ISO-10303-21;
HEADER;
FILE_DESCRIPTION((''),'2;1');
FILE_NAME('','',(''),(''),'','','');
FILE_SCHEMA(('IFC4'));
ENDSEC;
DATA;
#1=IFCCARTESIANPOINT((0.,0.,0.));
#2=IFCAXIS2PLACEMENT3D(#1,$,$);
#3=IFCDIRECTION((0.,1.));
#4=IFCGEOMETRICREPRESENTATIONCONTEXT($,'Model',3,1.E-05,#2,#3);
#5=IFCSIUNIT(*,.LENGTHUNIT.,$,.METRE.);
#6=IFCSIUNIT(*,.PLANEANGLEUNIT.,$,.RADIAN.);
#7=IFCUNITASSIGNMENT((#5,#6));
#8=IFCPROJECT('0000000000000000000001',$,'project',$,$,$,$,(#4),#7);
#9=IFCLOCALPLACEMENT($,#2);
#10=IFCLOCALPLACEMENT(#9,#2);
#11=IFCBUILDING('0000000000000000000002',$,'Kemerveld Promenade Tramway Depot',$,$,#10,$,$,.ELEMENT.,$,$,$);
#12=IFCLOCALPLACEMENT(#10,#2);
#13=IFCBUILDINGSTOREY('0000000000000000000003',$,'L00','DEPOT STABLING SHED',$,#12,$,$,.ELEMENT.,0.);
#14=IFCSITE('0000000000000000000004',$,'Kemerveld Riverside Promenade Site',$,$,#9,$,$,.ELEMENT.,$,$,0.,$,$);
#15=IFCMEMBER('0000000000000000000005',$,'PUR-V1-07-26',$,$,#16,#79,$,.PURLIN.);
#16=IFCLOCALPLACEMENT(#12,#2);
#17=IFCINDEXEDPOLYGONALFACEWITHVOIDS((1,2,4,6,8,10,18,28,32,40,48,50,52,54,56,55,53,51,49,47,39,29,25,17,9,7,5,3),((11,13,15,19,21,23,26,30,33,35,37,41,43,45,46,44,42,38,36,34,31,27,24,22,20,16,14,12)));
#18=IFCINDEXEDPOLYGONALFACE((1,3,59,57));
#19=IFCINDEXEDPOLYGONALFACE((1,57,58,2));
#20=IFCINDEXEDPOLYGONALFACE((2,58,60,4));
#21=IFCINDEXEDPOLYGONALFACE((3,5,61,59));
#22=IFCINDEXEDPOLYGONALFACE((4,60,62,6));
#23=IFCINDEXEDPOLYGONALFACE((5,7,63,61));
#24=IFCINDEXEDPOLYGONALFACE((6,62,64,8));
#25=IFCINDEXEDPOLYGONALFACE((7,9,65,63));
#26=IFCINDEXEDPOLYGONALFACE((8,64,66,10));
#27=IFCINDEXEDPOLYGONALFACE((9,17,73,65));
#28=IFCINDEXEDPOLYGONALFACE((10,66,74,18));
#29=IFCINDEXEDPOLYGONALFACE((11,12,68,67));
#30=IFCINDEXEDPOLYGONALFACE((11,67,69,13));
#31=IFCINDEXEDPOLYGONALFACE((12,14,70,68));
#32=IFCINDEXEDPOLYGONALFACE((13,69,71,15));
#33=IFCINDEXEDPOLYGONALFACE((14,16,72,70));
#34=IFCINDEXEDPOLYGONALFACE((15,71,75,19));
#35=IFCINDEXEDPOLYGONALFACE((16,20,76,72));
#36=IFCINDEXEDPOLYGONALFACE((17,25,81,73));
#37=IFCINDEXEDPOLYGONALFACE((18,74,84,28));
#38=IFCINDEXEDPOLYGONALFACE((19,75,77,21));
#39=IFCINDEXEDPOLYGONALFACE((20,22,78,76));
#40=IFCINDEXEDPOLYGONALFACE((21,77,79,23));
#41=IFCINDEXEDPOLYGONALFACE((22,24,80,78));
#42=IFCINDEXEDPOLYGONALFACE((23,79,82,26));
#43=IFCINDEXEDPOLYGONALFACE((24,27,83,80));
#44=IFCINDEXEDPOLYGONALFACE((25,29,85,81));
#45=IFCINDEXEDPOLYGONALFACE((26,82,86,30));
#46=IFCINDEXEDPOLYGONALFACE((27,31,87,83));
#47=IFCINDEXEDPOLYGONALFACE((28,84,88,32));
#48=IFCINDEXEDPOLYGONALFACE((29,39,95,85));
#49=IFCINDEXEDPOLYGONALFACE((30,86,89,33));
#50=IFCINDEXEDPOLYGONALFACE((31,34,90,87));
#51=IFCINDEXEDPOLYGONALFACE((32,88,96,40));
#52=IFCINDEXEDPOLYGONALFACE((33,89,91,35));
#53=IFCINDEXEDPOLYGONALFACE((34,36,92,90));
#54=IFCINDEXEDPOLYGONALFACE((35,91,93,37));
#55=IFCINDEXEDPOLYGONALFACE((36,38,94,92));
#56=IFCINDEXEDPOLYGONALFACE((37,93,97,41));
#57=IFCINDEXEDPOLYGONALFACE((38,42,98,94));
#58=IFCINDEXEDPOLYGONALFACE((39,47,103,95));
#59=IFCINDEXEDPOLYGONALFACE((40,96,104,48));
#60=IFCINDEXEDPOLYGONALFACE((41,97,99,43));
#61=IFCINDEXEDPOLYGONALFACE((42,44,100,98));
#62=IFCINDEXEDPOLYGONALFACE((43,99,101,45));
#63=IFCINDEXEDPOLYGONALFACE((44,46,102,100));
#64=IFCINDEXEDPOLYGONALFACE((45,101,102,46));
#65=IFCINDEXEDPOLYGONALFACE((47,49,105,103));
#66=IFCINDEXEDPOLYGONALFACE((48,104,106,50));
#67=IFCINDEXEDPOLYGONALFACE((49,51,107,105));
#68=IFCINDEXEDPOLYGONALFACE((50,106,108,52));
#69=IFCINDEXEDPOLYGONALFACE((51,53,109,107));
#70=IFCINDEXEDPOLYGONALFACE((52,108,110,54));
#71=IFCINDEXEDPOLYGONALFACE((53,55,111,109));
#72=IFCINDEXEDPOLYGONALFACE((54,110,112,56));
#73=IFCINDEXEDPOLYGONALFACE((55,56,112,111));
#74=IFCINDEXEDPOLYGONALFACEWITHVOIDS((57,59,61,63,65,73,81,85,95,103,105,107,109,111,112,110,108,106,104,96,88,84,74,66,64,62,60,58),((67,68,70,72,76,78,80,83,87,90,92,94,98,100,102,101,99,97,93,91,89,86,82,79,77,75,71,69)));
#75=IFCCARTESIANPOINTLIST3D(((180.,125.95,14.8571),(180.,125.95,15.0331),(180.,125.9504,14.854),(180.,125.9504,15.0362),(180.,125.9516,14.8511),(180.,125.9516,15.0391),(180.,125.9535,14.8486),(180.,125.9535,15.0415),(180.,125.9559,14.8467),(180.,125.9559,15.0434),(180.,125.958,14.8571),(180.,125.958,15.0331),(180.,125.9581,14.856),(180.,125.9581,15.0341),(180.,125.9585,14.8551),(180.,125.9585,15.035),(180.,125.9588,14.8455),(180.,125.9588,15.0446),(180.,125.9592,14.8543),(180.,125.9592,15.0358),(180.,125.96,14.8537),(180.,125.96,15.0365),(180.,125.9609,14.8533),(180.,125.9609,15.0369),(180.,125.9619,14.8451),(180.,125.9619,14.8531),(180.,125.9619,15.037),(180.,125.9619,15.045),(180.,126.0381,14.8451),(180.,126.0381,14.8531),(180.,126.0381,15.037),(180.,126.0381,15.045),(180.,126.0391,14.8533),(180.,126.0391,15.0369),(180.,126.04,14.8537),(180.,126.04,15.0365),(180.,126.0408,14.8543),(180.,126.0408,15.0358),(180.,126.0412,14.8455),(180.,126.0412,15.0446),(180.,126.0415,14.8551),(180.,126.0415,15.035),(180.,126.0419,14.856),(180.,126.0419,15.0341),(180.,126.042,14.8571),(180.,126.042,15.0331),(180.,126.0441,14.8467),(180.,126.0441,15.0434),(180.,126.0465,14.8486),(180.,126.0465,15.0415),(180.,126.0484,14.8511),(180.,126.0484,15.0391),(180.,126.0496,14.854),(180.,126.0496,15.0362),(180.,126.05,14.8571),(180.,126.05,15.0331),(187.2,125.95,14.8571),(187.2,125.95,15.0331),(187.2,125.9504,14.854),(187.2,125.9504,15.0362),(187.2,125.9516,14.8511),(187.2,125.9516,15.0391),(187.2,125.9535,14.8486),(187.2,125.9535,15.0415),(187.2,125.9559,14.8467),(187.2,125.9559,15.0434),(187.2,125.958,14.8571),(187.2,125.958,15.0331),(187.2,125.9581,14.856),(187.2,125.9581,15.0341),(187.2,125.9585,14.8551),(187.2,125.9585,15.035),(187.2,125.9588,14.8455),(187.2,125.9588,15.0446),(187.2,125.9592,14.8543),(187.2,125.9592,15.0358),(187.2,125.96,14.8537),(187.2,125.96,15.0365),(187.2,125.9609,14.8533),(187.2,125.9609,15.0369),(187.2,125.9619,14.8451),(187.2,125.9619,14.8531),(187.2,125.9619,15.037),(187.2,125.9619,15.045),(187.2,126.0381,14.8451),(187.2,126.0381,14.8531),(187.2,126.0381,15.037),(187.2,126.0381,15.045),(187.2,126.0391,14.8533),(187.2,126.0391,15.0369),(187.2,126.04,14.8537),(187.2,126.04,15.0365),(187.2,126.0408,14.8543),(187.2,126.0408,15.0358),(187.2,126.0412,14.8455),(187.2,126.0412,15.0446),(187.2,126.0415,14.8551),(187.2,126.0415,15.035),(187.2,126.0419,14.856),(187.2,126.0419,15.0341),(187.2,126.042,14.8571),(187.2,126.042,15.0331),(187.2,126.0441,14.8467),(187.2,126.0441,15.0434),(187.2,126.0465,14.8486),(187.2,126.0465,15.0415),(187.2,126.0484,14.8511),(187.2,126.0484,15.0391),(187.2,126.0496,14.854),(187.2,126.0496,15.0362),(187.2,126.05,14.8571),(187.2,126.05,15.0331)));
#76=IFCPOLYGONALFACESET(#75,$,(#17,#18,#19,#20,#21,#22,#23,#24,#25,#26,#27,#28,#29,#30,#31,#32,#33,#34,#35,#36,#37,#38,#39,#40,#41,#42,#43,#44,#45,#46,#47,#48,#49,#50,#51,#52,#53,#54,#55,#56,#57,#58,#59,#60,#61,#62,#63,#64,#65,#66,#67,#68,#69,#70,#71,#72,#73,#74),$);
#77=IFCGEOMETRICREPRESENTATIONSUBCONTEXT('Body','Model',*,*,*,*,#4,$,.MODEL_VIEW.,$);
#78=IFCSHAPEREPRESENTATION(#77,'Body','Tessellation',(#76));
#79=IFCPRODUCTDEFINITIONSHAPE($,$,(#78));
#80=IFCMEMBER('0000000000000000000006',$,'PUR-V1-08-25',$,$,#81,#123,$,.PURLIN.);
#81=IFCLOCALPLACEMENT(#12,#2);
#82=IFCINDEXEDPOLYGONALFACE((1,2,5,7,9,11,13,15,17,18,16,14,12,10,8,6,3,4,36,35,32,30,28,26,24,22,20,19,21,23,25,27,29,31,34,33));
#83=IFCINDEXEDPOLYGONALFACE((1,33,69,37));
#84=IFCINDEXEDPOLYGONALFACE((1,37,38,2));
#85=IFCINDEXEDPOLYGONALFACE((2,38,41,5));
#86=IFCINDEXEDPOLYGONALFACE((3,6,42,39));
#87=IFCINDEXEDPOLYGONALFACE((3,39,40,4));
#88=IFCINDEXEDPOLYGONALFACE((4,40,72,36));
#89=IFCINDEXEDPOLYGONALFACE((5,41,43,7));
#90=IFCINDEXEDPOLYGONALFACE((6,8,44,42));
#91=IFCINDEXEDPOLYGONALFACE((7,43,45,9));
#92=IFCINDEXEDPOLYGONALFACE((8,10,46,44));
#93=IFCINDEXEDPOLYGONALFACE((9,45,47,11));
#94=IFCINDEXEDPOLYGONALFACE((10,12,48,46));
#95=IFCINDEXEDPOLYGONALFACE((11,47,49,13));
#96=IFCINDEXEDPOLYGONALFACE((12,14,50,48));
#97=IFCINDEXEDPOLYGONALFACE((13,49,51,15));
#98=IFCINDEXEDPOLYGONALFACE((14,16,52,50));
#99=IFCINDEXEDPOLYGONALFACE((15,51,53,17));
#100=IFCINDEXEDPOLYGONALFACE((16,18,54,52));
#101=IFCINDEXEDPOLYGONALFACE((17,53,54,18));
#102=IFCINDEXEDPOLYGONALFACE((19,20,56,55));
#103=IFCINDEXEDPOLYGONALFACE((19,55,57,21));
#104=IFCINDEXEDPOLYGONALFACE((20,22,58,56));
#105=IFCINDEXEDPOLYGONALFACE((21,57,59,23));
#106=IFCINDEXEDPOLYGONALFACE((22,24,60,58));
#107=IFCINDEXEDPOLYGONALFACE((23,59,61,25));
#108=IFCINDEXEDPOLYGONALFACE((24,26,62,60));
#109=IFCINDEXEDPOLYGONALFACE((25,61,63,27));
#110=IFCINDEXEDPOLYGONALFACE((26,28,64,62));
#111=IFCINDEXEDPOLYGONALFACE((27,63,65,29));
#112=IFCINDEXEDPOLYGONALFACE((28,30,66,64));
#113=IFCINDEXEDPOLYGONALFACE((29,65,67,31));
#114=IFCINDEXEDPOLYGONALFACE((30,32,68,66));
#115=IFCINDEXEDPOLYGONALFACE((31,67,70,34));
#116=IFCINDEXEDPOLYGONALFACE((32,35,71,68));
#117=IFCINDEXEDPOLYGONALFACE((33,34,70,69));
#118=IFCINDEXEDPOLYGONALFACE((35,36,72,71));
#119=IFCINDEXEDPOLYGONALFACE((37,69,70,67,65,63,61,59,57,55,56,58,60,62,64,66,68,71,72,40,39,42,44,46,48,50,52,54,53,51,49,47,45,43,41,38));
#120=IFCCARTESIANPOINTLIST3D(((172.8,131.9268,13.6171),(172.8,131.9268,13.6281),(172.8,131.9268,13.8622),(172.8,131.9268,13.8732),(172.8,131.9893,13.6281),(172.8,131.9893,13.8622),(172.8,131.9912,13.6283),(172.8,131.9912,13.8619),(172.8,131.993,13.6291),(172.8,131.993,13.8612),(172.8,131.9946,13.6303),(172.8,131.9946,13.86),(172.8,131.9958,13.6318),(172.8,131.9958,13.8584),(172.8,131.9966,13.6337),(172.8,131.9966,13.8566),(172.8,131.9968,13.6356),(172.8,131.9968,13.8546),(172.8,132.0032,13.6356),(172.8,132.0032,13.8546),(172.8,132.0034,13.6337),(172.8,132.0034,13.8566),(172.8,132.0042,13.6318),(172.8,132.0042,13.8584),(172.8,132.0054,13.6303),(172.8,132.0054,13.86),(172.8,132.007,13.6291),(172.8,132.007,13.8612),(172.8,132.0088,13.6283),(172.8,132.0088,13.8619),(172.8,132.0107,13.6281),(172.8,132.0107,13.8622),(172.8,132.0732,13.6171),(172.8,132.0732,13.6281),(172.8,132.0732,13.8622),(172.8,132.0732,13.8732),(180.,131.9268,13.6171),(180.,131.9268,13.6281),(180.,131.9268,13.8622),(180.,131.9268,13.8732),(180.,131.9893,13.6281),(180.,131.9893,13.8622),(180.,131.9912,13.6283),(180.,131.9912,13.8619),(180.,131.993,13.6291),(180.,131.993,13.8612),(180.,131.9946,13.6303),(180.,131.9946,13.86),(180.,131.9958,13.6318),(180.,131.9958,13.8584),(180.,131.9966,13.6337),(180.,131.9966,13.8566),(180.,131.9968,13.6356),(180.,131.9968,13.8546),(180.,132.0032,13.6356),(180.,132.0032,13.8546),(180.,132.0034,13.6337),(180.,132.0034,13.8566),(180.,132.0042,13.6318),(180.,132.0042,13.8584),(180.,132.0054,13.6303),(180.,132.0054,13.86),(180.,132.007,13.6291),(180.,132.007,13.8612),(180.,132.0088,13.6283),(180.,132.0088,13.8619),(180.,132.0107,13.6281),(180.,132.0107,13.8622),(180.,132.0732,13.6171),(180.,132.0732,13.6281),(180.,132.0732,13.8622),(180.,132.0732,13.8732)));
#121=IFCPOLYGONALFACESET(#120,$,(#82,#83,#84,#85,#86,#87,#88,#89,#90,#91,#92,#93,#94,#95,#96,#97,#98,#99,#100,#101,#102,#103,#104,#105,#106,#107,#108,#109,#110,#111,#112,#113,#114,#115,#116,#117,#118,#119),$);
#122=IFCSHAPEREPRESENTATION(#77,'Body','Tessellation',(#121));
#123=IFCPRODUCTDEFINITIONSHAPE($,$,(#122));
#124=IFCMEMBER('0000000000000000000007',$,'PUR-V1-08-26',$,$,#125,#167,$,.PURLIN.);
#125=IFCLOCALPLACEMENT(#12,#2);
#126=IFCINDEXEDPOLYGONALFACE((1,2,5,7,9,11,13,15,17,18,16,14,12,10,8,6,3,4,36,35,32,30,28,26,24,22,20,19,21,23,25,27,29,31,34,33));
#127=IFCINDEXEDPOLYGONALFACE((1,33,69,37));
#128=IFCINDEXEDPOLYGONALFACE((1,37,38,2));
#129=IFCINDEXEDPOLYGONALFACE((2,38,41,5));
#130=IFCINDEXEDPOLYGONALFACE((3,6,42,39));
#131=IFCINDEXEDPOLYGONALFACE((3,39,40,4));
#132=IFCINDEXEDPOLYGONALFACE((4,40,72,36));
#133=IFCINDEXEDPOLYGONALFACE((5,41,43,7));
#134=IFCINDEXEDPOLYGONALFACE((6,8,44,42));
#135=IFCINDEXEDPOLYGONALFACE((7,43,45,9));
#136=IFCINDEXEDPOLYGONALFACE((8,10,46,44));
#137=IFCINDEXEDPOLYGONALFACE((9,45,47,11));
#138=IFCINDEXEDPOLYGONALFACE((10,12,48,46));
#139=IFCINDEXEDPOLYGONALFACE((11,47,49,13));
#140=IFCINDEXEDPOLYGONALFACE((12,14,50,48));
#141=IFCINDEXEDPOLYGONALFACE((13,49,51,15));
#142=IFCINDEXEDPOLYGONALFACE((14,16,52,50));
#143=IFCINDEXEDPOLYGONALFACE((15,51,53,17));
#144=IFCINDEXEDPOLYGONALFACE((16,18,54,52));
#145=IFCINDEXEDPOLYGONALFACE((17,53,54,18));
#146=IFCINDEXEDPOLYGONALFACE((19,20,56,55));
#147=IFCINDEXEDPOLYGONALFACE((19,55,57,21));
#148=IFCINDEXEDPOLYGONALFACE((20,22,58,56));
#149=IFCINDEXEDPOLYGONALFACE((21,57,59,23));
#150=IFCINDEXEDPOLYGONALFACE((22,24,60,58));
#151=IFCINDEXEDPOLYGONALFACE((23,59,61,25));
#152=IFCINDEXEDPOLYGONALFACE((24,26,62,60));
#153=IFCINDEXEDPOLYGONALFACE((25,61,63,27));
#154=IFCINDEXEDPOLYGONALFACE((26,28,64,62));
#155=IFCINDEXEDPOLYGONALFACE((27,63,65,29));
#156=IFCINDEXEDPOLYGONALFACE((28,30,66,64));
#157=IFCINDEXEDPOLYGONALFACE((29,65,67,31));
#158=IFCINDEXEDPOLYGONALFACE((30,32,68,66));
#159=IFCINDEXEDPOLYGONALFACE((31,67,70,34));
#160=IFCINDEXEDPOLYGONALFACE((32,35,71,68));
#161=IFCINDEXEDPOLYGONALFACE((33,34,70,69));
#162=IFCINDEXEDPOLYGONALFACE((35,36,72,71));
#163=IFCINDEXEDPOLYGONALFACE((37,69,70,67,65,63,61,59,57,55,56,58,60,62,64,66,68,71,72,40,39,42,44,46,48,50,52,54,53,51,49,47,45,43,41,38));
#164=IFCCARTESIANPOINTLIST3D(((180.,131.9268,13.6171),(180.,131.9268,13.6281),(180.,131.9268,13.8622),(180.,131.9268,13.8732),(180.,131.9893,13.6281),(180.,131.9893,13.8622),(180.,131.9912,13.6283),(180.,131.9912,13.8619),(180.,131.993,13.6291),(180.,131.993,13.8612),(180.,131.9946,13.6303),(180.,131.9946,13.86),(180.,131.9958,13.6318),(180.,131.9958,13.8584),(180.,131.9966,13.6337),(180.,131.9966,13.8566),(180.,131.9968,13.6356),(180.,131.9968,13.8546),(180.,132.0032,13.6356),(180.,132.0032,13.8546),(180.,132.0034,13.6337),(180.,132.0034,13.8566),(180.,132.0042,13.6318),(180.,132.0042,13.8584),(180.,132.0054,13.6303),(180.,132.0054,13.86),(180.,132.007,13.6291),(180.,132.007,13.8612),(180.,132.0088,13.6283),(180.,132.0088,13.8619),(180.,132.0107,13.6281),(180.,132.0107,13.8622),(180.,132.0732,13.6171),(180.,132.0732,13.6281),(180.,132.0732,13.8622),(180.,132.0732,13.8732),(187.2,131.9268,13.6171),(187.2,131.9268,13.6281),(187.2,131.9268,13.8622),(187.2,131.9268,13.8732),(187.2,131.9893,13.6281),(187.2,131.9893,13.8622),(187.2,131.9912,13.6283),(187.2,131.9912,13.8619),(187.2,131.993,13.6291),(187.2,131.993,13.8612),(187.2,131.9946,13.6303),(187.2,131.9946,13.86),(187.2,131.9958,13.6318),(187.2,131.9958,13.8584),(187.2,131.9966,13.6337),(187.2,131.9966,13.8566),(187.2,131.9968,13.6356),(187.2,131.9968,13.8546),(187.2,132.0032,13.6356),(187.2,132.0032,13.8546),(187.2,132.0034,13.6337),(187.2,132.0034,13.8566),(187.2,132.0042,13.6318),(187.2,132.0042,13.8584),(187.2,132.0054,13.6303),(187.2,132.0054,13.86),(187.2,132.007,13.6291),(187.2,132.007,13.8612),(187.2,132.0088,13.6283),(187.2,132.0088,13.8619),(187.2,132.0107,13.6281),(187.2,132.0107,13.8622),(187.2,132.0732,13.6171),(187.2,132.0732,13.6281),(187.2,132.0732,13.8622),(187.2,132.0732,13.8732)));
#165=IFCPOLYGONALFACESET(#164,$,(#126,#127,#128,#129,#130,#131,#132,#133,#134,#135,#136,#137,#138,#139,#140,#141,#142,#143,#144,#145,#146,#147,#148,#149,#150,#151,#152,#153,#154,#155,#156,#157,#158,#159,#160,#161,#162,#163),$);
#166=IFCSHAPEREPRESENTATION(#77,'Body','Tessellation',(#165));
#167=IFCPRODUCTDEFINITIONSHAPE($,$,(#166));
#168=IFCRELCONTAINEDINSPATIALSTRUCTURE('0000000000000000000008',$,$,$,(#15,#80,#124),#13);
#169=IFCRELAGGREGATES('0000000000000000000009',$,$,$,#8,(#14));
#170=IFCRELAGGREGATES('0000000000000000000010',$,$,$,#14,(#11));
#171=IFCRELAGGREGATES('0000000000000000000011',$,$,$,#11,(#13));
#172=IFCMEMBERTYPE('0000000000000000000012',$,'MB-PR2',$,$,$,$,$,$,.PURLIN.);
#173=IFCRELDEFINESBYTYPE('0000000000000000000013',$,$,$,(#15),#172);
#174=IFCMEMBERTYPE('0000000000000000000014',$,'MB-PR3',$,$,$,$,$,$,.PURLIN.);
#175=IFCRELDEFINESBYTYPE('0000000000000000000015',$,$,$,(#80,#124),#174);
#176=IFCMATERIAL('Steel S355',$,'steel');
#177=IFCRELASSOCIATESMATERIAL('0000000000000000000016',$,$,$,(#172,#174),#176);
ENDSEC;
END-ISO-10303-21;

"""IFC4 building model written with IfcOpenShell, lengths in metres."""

from ifc_helpers import new_model, si_unit, direction, frame, origin, origin_2d, place, context, subcontext, project, spatial, hollow_rectangle, i_section, extrude, material, material_profile, profile_set, type_object, element, save


model = new_model("IFC4")

# Units and contexts
model_context = context("Model", 3, precision=1e-05, world=origin(), true_north=direction((0.0, 1.0)))
body_context = subcontext(model_context, "Body", "Model", "MODEL_VIEW")
ifc_project = project(units=[si_unit("LENGTHUNIT", "METRE"), si_unit("PLANEANGLEUNIT", "RADIAN")], contexts=[model_context])

# Site, building, storey
site_placement = place(None, origin())
site = spatial("IfcSite", under=ifc_project, at=site_placement, Name="Kemerveld Riverside Promenade Site", CompositionType="ELEMENT", RefElevation=0.0)
building_placement = place(site_placement, origin())
building = spatial("IfcBuilding", under=site, at=building_placement, Name="Kemerveld Promenade Tramway Depot", CompositionType="ELEMENT")
storey_placement = place(building_placement, origin())
storey = spatial("IfcBuildingStorey", under=building, at=storey_placement, Name="L00", Description="DEPOT STABLING SHED", CompositionType="ELEMENT", Elevation=0.0)

# Members
ifc_material = material(Name="Steel S355", Category="steel")
ifc_material_profile_1 = material_profile(ifc_material, hollow_rectangle(XDim=0.1001, YDim=0.2, WallThickness=0.0081, InnerFilletRadius=0.0039, OuterFilletRadius=0.012, at=origin_2d()), Name="200x100x8.0 RHS")
ifc_profile_set_1 = profile_set([ifc_material_profile_1], Name="Steel S355")
member_type_1 = type_object("IfcMemberType", Name="MB-PR2", PredefinedType="PURLIN", material=ifc_profile_set_1)
for number, where, z_axis, x_axis, name in (
    (1, (180.0, 126.0, 14.9451), (1.0, 0.0, 0.0), (0.0, 1.0, 0.0), "PUR-V1-07-26"),
):
    element("IfcMember", number, at=place(storey_placement, frame(where, z_axis=z_axis, x_axis=x_axis)), inside=storey, type_object=member_type_1, Name=name, PredefinedType="PURLIN", context=body_context, shape_type="SweptSolid", body=[
        extrude(hollow_rectangle(XDim=0.1001, YDim=0.2, WallThickness=0.0081, InnerFilletRadius=0.0039, OuterFilletRadius=0.012, at=origin_2d()), origin(), (0.0, 0.0, 1.0), 7.2),
    ])
ifc_material_profile_2 = material_profile(ifc_material, i_section(OverallWidth=0.1465, OverallDepth=0.2561, WebThickness=0.0063, FlangeThickness=0.011, FilletRadius=0.0076, at=origin_2d()), Name="254x146x37 UB")
ifc_profile_set_2 = profile_set([ifc_material_profile_2], Name="Steel S355")
member_type_2 = type_object("IfcMemberType", Name="MB-PR3", PredefinedType="PURLIN", material=ifc_profile_set_2)
for number, where, z_axis, x_axis, name in (
    (2, (172.8, 132.0, 13.7451), (1.0, 0.0, 0.0), (0.0, 1.0, 0.0), "PUR-V1-08-25"),
    (3, (180.0, 132.0, 13.7451), (1.0, 0.0, 0.0), (0.0, 1.0, 0.0), "PUR-V1-08-26"),
):
    element("IfcMember", number, at=place(storey_placement, frame(where, z_axis=z_axis, x_axis=x_axis)), inside=storey, type_object=member_type_2, Name=name, PredefinedType="PURLIN", context=body_context, shape_type="SweptSolid", body=[
        extrude(i_section(OverallWidth=0.1465, OverallDepth=0.2561, WebThickness=0.0063, FlangeThickness=0.011, FilletRadius=0.0076, at=origin_2d()), origin(), (0.0, 0.0, 1.0), 7.2),
    ])

save(model, "model.ifc")
